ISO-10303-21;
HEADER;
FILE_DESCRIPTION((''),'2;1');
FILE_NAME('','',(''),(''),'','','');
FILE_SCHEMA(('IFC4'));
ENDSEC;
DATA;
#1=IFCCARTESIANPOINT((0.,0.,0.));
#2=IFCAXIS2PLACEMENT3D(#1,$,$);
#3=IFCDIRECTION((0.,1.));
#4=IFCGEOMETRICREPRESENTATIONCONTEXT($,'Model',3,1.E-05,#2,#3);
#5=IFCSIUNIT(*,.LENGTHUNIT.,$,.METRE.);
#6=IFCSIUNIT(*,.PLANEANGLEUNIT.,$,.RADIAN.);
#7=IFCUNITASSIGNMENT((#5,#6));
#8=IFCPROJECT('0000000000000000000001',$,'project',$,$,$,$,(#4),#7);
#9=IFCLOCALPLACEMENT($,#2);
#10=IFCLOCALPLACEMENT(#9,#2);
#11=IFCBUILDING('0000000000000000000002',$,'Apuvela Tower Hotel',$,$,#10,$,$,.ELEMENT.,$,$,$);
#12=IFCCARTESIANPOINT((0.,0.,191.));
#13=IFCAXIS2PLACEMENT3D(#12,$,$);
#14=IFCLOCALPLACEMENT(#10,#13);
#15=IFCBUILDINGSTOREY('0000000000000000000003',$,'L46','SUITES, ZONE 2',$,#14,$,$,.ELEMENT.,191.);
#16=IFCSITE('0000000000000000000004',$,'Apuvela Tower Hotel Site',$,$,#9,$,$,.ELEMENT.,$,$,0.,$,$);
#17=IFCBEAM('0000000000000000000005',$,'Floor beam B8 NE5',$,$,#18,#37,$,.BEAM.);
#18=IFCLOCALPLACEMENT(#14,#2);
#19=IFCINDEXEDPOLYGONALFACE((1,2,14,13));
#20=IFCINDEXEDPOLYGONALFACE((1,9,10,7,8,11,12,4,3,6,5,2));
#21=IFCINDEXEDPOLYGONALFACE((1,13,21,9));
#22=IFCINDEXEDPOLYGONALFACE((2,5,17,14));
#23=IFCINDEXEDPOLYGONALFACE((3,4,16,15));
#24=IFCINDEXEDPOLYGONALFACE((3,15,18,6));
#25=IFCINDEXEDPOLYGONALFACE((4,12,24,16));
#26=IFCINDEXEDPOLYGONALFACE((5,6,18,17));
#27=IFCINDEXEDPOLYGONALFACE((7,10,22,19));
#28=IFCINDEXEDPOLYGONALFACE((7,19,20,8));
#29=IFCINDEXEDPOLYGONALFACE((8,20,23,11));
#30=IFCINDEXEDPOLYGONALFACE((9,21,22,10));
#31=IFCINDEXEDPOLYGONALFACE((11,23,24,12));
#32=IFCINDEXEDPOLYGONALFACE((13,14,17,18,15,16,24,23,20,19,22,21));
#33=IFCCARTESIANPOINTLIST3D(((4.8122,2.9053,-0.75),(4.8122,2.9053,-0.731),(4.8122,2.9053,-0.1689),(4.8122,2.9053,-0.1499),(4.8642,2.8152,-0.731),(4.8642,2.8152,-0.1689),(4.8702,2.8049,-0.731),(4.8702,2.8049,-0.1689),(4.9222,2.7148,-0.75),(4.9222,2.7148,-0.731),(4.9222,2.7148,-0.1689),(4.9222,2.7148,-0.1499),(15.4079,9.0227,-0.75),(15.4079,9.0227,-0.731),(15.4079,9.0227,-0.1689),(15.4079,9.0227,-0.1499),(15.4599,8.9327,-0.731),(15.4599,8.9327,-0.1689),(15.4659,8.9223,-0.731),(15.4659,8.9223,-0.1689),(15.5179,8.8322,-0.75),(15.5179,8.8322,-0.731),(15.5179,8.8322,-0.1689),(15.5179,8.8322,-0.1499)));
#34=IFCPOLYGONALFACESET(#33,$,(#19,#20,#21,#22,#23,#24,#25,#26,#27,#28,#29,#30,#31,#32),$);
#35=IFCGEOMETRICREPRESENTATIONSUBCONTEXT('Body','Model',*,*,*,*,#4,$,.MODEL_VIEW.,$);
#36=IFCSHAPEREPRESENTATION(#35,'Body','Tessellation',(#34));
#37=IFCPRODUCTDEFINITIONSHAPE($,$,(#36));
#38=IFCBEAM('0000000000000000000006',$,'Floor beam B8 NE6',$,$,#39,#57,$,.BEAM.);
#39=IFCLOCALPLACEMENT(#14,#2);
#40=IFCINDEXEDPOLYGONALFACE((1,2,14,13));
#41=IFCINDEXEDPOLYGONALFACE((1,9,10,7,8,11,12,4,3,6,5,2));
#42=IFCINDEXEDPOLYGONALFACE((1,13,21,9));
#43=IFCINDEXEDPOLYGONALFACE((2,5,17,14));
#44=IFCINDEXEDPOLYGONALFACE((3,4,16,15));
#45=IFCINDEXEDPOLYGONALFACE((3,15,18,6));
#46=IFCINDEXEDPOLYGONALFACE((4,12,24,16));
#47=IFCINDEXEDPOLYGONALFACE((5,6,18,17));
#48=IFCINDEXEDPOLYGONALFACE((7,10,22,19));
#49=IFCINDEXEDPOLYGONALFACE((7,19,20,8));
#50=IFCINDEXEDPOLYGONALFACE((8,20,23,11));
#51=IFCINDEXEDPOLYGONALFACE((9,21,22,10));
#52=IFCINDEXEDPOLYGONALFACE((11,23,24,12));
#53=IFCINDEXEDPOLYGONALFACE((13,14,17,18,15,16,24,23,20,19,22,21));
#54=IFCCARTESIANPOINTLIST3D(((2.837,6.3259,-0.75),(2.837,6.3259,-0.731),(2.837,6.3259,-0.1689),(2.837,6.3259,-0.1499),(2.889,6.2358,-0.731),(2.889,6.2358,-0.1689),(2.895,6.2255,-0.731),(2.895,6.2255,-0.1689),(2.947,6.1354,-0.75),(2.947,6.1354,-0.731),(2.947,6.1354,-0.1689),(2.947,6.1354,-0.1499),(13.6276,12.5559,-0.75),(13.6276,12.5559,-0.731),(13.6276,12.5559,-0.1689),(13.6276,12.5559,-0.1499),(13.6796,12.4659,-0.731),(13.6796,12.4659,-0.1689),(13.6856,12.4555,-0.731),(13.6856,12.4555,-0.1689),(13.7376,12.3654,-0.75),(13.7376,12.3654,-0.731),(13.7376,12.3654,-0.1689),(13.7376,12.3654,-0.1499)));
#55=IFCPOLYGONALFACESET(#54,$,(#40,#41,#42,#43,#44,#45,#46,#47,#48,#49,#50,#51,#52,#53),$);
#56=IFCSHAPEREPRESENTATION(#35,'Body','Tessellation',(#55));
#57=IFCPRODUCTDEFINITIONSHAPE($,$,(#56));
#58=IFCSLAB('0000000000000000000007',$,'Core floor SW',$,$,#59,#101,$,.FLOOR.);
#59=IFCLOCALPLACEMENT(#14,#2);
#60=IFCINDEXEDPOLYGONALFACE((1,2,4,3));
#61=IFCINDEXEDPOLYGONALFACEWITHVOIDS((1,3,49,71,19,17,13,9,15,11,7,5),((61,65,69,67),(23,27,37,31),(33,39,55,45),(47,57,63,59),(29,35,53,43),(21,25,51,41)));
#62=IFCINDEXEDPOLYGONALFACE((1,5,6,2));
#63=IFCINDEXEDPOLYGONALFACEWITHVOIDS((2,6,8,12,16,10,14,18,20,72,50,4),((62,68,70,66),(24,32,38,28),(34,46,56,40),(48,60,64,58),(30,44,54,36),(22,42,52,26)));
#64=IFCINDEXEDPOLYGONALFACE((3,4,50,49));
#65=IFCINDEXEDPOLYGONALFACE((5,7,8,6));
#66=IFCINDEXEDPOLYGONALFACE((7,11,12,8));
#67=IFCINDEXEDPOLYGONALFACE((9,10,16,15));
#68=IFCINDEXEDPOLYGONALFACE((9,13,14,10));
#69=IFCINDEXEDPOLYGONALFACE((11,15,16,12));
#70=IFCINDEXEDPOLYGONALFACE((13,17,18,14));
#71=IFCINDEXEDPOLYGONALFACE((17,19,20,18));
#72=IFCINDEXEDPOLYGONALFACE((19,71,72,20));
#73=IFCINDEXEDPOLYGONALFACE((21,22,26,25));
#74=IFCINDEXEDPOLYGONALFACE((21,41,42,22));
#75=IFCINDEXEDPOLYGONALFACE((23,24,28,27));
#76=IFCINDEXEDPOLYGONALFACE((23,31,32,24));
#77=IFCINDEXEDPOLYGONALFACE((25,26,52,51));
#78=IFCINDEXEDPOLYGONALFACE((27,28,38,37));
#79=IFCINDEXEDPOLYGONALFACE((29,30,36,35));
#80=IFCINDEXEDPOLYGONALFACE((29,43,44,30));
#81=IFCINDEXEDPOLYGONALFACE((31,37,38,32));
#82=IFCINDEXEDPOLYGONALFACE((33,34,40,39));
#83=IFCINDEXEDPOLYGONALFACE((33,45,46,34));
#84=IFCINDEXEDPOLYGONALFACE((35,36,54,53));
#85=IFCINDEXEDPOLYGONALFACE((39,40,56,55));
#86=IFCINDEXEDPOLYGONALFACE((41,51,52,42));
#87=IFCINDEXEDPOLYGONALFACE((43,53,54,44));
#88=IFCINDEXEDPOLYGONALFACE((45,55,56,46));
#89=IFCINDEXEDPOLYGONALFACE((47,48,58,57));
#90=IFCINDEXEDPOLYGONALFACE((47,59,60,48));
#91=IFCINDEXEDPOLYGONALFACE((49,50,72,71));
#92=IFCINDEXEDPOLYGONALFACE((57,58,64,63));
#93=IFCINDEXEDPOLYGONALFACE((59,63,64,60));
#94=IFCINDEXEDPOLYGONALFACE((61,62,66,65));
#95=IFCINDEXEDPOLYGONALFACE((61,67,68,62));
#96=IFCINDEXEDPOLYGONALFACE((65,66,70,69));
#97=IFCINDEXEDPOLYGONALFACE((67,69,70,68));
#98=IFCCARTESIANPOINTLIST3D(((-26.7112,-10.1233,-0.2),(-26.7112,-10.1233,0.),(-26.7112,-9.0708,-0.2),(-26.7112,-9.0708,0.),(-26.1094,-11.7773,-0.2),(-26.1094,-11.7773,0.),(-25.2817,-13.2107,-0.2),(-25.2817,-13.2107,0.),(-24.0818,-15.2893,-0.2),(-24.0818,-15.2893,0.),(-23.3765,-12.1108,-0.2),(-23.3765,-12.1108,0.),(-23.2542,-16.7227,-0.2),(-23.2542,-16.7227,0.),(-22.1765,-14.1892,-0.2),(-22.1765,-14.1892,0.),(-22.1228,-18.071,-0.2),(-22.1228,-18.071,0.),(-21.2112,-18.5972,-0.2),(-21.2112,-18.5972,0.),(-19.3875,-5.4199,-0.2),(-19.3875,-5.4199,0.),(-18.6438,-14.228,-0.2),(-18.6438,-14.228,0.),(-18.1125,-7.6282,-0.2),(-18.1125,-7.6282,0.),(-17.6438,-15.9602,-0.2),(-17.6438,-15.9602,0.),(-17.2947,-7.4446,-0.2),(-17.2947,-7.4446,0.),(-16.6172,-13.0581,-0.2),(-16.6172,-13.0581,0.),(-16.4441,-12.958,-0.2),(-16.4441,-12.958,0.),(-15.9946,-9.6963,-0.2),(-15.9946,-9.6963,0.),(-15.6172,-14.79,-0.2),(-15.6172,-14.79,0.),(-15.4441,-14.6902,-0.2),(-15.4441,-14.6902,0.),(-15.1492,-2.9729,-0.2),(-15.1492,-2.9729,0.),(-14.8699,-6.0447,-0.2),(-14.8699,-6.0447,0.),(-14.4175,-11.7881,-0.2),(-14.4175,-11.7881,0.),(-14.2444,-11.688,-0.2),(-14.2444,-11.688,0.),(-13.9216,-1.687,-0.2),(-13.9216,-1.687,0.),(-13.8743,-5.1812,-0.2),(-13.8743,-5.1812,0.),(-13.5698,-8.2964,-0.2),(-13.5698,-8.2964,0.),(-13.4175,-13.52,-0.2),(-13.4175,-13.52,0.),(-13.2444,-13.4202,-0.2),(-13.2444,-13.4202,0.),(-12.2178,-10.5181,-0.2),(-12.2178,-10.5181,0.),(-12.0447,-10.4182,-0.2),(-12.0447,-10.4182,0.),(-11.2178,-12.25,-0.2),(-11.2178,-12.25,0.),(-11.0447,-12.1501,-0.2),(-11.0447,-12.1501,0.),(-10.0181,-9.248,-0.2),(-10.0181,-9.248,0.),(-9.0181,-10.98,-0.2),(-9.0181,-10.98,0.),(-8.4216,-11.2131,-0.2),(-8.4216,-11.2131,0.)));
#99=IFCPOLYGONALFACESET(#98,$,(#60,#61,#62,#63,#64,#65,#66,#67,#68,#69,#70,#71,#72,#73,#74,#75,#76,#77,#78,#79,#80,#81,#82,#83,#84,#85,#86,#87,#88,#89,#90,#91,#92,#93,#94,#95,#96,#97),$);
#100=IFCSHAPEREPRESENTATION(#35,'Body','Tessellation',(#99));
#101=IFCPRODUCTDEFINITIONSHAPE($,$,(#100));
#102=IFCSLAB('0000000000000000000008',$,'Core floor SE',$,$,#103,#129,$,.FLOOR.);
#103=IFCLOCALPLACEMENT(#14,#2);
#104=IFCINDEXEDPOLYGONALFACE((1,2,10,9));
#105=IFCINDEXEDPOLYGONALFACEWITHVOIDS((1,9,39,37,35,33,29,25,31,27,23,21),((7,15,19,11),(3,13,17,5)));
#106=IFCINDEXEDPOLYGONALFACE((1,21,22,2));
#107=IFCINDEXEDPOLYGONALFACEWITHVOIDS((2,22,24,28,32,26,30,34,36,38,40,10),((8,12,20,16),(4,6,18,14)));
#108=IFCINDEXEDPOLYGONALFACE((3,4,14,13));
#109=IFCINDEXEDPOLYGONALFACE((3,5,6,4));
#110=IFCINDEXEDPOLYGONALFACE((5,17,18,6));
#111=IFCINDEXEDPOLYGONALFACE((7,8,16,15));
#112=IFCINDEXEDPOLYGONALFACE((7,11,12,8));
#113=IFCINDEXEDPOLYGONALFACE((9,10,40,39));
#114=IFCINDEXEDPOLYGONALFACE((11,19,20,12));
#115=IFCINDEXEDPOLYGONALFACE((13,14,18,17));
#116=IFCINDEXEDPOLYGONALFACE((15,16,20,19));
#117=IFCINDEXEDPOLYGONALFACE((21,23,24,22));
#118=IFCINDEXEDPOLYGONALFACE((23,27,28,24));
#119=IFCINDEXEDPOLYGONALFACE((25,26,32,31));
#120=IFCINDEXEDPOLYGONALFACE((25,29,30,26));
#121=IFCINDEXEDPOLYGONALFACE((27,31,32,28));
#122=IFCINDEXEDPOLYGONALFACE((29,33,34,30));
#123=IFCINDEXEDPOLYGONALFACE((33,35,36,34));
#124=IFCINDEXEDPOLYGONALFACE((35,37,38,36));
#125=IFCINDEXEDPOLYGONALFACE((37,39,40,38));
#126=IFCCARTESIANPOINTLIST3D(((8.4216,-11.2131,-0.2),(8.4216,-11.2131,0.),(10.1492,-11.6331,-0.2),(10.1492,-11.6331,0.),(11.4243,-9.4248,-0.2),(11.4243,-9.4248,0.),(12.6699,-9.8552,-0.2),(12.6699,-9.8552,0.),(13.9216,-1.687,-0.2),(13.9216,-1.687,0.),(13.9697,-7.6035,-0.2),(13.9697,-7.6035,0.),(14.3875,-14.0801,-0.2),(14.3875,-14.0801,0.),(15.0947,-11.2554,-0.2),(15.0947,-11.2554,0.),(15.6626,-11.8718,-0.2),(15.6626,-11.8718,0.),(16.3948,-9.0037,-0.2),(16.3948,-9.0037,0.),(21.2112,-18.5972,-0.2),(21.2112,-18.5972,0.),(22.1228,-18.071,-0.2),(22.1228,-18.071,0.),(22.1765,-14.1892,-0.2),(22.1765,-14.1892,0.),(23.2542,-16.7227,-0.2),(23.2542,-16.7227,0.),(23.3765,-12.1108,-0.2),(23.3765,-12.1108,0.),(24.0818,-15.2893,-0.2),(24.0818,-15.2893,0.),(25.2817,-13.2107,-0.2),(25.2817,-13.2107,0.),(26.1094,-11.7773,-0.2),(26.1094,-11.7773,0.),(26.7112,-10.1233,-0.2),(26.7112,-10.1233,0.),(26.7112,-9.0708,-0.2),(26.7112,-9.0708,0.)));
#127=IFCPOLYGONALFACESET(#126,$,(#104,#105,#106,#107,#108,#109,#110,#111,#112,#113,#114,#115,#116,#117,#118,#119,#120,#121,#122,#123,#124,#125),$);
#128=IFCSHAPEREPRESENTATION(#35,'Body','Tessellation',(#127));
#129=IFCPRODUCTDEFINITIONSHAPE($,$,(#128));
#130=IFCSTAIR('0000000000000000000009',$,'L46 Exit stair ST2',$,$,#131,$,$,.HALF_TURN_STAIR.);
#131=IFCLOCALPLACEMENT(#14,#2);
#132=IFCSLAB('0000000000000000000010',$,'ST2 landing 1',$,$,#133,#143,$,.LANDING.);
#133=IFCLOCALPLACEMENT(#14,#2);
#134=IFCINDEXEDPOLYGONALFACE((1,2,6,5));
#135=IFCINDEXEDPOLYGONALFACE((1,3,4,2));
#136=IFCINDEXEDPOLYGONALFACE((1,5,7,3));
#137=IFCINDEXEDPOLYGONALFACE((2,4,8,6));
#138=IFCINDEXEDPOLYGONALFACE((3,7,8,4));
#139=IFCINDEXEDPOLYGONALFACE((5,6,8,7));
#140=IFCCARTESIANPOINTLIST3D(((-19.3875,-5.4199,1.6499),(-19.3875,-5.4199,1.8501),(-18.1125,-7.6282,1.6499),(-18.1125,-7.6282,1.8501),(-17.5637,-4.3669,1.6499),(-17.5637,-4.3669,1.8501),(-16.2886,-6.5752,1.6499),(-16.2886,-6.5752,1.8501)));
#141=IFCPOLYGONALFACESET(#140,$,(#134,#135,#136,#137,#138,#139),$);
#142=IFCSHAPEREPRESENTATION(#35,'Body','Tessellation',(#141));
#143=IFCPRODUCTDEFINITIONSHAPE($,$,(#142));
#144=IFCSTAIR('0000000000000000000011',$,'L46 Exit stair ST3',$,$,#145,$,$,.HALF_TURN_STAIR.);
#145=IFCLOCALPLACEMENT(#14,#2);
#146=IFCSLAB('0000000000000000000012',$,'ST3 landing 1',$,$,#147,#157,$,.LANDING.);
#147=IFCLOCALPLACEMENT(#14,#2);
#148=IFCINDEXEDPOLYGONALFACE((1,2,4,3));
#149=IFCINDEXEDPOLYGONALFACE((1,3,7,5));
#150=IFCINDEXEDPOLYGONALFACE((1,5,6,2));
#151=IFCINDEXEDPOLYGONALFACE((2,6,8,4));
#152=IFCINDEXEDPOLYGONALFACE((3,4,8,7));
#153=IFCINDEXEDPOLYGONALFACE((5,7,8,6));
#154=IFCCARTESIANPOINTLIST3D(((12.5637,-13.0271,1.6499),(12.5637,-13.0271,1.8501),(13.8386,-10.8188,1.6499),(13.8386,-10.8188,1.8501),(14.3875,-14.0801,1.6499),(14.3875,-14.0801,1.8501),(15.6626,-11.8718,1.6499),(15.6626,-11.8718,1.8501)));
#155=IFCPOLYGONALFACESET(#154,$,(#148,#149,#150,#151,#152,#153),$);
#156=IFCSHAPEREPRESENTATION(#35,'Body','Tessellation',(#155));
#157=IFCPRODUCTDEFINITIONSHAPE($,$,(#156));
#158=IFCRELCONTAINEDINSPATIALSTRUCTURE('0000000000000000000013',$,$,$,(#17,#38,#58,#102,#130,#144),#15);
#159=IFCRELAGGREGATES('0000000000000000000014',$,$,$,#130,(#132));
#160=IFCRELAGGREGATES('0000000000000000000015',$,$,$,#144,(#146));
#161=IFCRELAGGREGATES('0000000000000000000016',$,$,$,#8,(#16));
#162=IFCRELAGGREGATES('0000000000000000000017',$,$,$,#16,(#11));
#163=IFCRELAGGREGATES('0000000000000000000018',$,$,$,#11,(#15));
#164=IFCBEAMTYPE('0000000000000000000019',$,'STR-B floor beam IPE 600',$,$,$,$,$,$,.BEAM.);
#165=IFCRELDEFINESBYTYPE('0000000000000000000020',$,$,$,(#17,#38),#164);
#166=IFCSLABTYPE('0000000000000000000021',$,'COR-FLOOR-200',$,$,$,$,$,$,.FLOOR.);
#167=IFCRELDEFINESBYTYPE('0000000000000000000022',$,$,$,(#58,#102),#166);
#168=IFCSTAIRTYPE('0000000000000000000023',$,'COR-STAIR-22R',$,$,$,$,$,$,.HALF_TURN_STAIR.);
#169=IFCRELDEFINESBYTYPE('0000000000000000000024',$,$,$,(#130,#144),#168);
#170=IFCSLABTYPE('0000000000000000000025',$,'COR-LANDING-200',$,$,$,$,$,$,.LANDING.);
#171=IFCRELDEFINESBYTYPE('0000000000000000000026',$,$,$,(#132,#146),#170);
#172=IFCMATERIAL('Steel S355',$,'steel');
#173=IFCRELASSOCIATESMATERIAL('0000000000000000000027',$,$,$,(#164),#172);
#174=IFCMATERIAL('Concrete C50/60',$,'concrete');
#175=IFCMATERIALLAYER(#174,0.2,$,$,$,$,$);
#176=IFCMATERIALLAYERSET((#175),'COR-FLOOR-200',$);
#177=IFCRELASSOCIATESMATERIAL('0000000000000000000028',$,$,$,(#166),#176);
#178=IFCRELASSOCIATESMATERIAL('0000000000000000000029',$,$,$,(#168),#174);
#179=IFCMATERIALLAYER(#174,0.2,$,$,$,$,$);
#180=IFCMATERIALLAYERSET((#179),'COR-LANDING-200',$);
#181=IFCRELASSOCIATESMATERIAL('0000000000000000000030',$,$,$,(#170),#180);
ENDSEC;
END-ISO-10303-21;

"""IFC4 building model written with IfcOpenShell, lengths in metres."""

from ifc_helpers import new_model, si_unit, direction, frame, origin, origin_2d, place, context, subcontext, project, spatial, polyline, i_section, outline, extrude, material, layer, layer_set, material_profile, profile_set, type_object, element, aggregate, save


model = new_model("IFC4")

# Units and contexts
model_context = context("Model", 3, precision=1e-05, world=origin(), true_north=direction((0.0, 1.0)))
body_context = subcontext(model_context, "Body", "Model", "MODEL_VIEW")
ifc_project = project(units=[si_unit("LENGTHUNIT", "METRE"), si_unit("PLANEANGLEUNIT", "RADIAN")], contexts=[model_context])

# Site, building, storey
site_placement = place(None, origin())
site = spatial("IfcSite", under=ifc_project, at=site_placement, Name="Apuvela Tower Hotel Site", CompositionType="ELEMENT", RefElevation=0.0)
building_placement = place(site_placement, origin())
building = spatial("IfcBuilding", under=site, at=building_placement, Name="Apuvela Tower Hotel", CompositionType="ELEMENT")
storey_placement = place(building_placement, frame((0.0, 0.0, 191.0)))
storey = spatial("IfcBuildingStorey", under=building, at=storey_placement, Name="L46", Description="SUITES, ZONE 2", CompositionType="ELEMENT", Elevation=191.0)

# Beams
ifc_material_1 = material(Name="Steel S355", Category="steel")
ifc_material_profile = material_profile(ifc_material_1, i_section(OverallWidth=0.22, OverallDepth=0.6001, WebThickness=0.012, FlangeThickness=0.019, at=origin_2d()), Name="IPE 600")
ifc_profile_set = profile_set([ifc_material_profile], Name="Steel S355")
beam_type = type_object("IfcBeamType", Name="STR-B floor beam IPE 600", PredefinedType="BEAM", material=ifc_profile_set)
beam_1_placement = place(storey_placement, frame((15.4629, 8.9275, -0.45), z_axis=(-0.866025, -0.5, 0.0), x_axis=(0.5, -0.866025, 0.0)))
element("IfcBeam", 1, at=beam_1_placement, inside=storey, type_object=beam_type, Name="Floor beam B8 NE5", PredefinedType="BEAM", context=body_context, shape_type="SweptSolid", body=[
    extrude(i_section(OverallWidth=0.22, OverallDepth=0.6001, WebThickness=0.012, FlangeThickness=0.019, at=origin_2d()), origin(), (0.0, 0.0, 1.0), 12.2349),
])
beam_2_placement = place(storey_placement, frame((13.6826, 12.4607, -0.45), z_axis=(-0.866023, -0.500004, 0.0), x_axis=(0.500004, -0.866023, 0.0)))
element("IfcBeam", 2, at=beam_2_placement, inside=storey, type_object=beam_type, Name="Floor beam B8 NE6", PredefinedType="BEAM", context=body_context, shape_type="SweptSolid", body=[
    extrude(i_section(OverallWidth=0.22, OverallDepth=0.6001, WebThickness=0.012, FlangeThickness=0.019, at=origin_2d()), origin(), (0.0, 0.0, 1.0), 12.46),
])

# Slabs
ifc_material_2 = material(Name="Concrete C50/60", Category="concrete")
ifc_layer_1 = layer(ifc_material_2, 0.2)
ifc_layer_set_1 = layer_set([ifc_layer_1], Name="COR-FLOOR-200")
slab_type_1 = type_object("IfcSlabType", Name="COR-FLOOR-200", PredefinedType="FLOOR", material=ifc_layer_set_1)
slab_1_placement = place(storey_placement, frame((0.0, 0.0, -0.2)))
element("IfcSlab", 3, at=slab_1_placement, inside=storey, type_object=slab_type_1, Name="Core floor SW", PredefinedType="FLOOR", context=body_context, shape_type="SweptSolid", body=[
    extrude(outline(polyline([(-26.7112, -9.0708), (-26.7112, -10.1233), (-26.1094, -11.7773), (-25.2817, -13.2107), (-23.3765, -12.1108), (-22.1765, -14.1892), (-24.0818, -15.2893), (-23.2542, -16.7227), (-22.1228, -18.071), (-21.2112, -18.5972), (-8.4216, -11.2131), (-13.9216, -1.687), (-26.7112, -9.0708)]), holes=[polyline([(-10.0181, -9.248), (-9.0181, -10.98), (-11.0447, -12.1501), (-12.0447, -10.4182), (-10.0181, -9.248)]), polyline([(-14.2444, -11.688), (-12.2178, -10.5181), (-11.2178, -12.25), (-13.2444, -13.4202), (-14.2444, -11.688)]), polyline([(-19.3875, -5.4199), (-15.1492, -2.9729), (-13.8743, -5.1812), (-18.1125, -7.6282), (-19.3875, -5.4199)]), polyline([(-14.8699, -6.0447), (-13.5698, -8.2964), (-15.9946, -9.6963), (-17.2947, -7.4446), (-14.8699, -6.0447)]), polyline([(-16.4441, -12.958), (-14.4175, -11.7881), (-13.4175, -13.52), (-15.4441, -14.6902), (-16.4441, -12.958)]), polyline([(-18.6438, -14.228), (-16.6172, -13.0581), (-15.6172, -14.79), (-17.6438, -15.9602), (-18.6438, -14.228)])]), origin(), (0.0, 0.0, 1.0), 0.2),
])
slab_2_placement = place(storey_placement, frame((0.0, 0.0, -0.2)))
element("IfcSlab", 4, at=slab_2_placement, inside=storey, type_object=slab_type_1, Name="Core floor SE", PredefinedType="FLOOR", context=body_context, shape_type="SweptSolid", body=[
    extrude(outline(polyline([(21.2112, -18.5972), (22.1228, -18.071), (23.2542, -16.7227), (24.0818, -15.2893), (22.1765, -14.1892), (23.3765, -12.1108), (25.2817, -13.2107), (26.1094, -11.7773), (26.7112, -10.1233), (26.7112, -9.0708), (13.9216, -1.687), (8.4216, -11.2131), (21.2112, -18.5972)]), holes=[polyline([(11.4243, -9.4248), (15.6626, -11.8718), (14.3875, -14.0801), (10.1492, -11.6331), (11.4243, -9.4248)]), polyline([(13.9697, -7.6035), (16.3948, -9.0037), (15.0947, -11.2554), (12.6699, -9.8552), (13.9697, -7.6035)])]), origin(), (0.0, 0.0, 1.0), 0.2),
])

# Stairs, slabs
stair_type = type_object("IfcStairType", Name="COR-STAIR-22R", PredefinedType="HALF_TURN_STAIR", material=ifc_material_2)
stair_1_placement = place(storey_placement, origin())
stair_1 = element("IfcStair", 5, at=stair_1_placement, inside=storey, type_object=stair_type, Name="L46 Exit stair ST2", PredefinedType="HALF_TURN_STAIR")
ifc_layer_2 = layer(ifc_material_2, 0.2)
ifc_layer_set_2 = layer_set([ifc_layer_2], Name="COR-LANDING-200")
slab_type_2 = type_object("IfcSlabType", Name="COR-LANDING-200", PredefinedType="LANDING", material=ifc_layer_set_2)
slab_3_placement = place(storey_placement, frame((0.0, 0.0, 1.6499)))
slab_3 = element("IfcSlab", 6, at=slab_3_placement, type_object=slab_type_2, Name="ST2 landing 1", PredefinedType="LANDING", context=body_context, shape_type="SweptSolid", body=[
    extrude(outline(polyline([(-17.5637, -4.3669), (-19.3875, -5.4199), (-18.1125, -7.6282), (-16.2886, -6.5752), (-17.5637, -4.3669)])), origin(), (0.0, 0.0, 1.0), 0.2002),
])
aggregate(stair_1, [slab_3])
stair_2_placement = place(storey_placement, origin())
stair_2 = element("IfcStair", 7, at=stair_2_placement, inside=storey, type_object=stair_type, Name="L46 Exit stair ST3", PredefinedType="HALF_TURN_STAIR")
slab_4_placement = place(storey_placement, frame((0.0, 0.0, 1.6499)))
slab_4 = element("IfcSlab", 8, at=slab_4_placement, type_object=slab_type_2, Name="ST3 landing 1", PredefinedType="LANDING", context=body_context, shape_type="SweptSolid", body=[
    extrude(outline(polyline([(12.5637, -13.0271), (14.3875, -14.0801), (15.6626, -11.8718), (13.8386, -10.8188), (12.5637, -13.0271)])), origin(), (0.0, 0.0, 1.0), 0.2002),
])
aggregate(stair_2, [slab_4])

save(model, "model.ifc")
